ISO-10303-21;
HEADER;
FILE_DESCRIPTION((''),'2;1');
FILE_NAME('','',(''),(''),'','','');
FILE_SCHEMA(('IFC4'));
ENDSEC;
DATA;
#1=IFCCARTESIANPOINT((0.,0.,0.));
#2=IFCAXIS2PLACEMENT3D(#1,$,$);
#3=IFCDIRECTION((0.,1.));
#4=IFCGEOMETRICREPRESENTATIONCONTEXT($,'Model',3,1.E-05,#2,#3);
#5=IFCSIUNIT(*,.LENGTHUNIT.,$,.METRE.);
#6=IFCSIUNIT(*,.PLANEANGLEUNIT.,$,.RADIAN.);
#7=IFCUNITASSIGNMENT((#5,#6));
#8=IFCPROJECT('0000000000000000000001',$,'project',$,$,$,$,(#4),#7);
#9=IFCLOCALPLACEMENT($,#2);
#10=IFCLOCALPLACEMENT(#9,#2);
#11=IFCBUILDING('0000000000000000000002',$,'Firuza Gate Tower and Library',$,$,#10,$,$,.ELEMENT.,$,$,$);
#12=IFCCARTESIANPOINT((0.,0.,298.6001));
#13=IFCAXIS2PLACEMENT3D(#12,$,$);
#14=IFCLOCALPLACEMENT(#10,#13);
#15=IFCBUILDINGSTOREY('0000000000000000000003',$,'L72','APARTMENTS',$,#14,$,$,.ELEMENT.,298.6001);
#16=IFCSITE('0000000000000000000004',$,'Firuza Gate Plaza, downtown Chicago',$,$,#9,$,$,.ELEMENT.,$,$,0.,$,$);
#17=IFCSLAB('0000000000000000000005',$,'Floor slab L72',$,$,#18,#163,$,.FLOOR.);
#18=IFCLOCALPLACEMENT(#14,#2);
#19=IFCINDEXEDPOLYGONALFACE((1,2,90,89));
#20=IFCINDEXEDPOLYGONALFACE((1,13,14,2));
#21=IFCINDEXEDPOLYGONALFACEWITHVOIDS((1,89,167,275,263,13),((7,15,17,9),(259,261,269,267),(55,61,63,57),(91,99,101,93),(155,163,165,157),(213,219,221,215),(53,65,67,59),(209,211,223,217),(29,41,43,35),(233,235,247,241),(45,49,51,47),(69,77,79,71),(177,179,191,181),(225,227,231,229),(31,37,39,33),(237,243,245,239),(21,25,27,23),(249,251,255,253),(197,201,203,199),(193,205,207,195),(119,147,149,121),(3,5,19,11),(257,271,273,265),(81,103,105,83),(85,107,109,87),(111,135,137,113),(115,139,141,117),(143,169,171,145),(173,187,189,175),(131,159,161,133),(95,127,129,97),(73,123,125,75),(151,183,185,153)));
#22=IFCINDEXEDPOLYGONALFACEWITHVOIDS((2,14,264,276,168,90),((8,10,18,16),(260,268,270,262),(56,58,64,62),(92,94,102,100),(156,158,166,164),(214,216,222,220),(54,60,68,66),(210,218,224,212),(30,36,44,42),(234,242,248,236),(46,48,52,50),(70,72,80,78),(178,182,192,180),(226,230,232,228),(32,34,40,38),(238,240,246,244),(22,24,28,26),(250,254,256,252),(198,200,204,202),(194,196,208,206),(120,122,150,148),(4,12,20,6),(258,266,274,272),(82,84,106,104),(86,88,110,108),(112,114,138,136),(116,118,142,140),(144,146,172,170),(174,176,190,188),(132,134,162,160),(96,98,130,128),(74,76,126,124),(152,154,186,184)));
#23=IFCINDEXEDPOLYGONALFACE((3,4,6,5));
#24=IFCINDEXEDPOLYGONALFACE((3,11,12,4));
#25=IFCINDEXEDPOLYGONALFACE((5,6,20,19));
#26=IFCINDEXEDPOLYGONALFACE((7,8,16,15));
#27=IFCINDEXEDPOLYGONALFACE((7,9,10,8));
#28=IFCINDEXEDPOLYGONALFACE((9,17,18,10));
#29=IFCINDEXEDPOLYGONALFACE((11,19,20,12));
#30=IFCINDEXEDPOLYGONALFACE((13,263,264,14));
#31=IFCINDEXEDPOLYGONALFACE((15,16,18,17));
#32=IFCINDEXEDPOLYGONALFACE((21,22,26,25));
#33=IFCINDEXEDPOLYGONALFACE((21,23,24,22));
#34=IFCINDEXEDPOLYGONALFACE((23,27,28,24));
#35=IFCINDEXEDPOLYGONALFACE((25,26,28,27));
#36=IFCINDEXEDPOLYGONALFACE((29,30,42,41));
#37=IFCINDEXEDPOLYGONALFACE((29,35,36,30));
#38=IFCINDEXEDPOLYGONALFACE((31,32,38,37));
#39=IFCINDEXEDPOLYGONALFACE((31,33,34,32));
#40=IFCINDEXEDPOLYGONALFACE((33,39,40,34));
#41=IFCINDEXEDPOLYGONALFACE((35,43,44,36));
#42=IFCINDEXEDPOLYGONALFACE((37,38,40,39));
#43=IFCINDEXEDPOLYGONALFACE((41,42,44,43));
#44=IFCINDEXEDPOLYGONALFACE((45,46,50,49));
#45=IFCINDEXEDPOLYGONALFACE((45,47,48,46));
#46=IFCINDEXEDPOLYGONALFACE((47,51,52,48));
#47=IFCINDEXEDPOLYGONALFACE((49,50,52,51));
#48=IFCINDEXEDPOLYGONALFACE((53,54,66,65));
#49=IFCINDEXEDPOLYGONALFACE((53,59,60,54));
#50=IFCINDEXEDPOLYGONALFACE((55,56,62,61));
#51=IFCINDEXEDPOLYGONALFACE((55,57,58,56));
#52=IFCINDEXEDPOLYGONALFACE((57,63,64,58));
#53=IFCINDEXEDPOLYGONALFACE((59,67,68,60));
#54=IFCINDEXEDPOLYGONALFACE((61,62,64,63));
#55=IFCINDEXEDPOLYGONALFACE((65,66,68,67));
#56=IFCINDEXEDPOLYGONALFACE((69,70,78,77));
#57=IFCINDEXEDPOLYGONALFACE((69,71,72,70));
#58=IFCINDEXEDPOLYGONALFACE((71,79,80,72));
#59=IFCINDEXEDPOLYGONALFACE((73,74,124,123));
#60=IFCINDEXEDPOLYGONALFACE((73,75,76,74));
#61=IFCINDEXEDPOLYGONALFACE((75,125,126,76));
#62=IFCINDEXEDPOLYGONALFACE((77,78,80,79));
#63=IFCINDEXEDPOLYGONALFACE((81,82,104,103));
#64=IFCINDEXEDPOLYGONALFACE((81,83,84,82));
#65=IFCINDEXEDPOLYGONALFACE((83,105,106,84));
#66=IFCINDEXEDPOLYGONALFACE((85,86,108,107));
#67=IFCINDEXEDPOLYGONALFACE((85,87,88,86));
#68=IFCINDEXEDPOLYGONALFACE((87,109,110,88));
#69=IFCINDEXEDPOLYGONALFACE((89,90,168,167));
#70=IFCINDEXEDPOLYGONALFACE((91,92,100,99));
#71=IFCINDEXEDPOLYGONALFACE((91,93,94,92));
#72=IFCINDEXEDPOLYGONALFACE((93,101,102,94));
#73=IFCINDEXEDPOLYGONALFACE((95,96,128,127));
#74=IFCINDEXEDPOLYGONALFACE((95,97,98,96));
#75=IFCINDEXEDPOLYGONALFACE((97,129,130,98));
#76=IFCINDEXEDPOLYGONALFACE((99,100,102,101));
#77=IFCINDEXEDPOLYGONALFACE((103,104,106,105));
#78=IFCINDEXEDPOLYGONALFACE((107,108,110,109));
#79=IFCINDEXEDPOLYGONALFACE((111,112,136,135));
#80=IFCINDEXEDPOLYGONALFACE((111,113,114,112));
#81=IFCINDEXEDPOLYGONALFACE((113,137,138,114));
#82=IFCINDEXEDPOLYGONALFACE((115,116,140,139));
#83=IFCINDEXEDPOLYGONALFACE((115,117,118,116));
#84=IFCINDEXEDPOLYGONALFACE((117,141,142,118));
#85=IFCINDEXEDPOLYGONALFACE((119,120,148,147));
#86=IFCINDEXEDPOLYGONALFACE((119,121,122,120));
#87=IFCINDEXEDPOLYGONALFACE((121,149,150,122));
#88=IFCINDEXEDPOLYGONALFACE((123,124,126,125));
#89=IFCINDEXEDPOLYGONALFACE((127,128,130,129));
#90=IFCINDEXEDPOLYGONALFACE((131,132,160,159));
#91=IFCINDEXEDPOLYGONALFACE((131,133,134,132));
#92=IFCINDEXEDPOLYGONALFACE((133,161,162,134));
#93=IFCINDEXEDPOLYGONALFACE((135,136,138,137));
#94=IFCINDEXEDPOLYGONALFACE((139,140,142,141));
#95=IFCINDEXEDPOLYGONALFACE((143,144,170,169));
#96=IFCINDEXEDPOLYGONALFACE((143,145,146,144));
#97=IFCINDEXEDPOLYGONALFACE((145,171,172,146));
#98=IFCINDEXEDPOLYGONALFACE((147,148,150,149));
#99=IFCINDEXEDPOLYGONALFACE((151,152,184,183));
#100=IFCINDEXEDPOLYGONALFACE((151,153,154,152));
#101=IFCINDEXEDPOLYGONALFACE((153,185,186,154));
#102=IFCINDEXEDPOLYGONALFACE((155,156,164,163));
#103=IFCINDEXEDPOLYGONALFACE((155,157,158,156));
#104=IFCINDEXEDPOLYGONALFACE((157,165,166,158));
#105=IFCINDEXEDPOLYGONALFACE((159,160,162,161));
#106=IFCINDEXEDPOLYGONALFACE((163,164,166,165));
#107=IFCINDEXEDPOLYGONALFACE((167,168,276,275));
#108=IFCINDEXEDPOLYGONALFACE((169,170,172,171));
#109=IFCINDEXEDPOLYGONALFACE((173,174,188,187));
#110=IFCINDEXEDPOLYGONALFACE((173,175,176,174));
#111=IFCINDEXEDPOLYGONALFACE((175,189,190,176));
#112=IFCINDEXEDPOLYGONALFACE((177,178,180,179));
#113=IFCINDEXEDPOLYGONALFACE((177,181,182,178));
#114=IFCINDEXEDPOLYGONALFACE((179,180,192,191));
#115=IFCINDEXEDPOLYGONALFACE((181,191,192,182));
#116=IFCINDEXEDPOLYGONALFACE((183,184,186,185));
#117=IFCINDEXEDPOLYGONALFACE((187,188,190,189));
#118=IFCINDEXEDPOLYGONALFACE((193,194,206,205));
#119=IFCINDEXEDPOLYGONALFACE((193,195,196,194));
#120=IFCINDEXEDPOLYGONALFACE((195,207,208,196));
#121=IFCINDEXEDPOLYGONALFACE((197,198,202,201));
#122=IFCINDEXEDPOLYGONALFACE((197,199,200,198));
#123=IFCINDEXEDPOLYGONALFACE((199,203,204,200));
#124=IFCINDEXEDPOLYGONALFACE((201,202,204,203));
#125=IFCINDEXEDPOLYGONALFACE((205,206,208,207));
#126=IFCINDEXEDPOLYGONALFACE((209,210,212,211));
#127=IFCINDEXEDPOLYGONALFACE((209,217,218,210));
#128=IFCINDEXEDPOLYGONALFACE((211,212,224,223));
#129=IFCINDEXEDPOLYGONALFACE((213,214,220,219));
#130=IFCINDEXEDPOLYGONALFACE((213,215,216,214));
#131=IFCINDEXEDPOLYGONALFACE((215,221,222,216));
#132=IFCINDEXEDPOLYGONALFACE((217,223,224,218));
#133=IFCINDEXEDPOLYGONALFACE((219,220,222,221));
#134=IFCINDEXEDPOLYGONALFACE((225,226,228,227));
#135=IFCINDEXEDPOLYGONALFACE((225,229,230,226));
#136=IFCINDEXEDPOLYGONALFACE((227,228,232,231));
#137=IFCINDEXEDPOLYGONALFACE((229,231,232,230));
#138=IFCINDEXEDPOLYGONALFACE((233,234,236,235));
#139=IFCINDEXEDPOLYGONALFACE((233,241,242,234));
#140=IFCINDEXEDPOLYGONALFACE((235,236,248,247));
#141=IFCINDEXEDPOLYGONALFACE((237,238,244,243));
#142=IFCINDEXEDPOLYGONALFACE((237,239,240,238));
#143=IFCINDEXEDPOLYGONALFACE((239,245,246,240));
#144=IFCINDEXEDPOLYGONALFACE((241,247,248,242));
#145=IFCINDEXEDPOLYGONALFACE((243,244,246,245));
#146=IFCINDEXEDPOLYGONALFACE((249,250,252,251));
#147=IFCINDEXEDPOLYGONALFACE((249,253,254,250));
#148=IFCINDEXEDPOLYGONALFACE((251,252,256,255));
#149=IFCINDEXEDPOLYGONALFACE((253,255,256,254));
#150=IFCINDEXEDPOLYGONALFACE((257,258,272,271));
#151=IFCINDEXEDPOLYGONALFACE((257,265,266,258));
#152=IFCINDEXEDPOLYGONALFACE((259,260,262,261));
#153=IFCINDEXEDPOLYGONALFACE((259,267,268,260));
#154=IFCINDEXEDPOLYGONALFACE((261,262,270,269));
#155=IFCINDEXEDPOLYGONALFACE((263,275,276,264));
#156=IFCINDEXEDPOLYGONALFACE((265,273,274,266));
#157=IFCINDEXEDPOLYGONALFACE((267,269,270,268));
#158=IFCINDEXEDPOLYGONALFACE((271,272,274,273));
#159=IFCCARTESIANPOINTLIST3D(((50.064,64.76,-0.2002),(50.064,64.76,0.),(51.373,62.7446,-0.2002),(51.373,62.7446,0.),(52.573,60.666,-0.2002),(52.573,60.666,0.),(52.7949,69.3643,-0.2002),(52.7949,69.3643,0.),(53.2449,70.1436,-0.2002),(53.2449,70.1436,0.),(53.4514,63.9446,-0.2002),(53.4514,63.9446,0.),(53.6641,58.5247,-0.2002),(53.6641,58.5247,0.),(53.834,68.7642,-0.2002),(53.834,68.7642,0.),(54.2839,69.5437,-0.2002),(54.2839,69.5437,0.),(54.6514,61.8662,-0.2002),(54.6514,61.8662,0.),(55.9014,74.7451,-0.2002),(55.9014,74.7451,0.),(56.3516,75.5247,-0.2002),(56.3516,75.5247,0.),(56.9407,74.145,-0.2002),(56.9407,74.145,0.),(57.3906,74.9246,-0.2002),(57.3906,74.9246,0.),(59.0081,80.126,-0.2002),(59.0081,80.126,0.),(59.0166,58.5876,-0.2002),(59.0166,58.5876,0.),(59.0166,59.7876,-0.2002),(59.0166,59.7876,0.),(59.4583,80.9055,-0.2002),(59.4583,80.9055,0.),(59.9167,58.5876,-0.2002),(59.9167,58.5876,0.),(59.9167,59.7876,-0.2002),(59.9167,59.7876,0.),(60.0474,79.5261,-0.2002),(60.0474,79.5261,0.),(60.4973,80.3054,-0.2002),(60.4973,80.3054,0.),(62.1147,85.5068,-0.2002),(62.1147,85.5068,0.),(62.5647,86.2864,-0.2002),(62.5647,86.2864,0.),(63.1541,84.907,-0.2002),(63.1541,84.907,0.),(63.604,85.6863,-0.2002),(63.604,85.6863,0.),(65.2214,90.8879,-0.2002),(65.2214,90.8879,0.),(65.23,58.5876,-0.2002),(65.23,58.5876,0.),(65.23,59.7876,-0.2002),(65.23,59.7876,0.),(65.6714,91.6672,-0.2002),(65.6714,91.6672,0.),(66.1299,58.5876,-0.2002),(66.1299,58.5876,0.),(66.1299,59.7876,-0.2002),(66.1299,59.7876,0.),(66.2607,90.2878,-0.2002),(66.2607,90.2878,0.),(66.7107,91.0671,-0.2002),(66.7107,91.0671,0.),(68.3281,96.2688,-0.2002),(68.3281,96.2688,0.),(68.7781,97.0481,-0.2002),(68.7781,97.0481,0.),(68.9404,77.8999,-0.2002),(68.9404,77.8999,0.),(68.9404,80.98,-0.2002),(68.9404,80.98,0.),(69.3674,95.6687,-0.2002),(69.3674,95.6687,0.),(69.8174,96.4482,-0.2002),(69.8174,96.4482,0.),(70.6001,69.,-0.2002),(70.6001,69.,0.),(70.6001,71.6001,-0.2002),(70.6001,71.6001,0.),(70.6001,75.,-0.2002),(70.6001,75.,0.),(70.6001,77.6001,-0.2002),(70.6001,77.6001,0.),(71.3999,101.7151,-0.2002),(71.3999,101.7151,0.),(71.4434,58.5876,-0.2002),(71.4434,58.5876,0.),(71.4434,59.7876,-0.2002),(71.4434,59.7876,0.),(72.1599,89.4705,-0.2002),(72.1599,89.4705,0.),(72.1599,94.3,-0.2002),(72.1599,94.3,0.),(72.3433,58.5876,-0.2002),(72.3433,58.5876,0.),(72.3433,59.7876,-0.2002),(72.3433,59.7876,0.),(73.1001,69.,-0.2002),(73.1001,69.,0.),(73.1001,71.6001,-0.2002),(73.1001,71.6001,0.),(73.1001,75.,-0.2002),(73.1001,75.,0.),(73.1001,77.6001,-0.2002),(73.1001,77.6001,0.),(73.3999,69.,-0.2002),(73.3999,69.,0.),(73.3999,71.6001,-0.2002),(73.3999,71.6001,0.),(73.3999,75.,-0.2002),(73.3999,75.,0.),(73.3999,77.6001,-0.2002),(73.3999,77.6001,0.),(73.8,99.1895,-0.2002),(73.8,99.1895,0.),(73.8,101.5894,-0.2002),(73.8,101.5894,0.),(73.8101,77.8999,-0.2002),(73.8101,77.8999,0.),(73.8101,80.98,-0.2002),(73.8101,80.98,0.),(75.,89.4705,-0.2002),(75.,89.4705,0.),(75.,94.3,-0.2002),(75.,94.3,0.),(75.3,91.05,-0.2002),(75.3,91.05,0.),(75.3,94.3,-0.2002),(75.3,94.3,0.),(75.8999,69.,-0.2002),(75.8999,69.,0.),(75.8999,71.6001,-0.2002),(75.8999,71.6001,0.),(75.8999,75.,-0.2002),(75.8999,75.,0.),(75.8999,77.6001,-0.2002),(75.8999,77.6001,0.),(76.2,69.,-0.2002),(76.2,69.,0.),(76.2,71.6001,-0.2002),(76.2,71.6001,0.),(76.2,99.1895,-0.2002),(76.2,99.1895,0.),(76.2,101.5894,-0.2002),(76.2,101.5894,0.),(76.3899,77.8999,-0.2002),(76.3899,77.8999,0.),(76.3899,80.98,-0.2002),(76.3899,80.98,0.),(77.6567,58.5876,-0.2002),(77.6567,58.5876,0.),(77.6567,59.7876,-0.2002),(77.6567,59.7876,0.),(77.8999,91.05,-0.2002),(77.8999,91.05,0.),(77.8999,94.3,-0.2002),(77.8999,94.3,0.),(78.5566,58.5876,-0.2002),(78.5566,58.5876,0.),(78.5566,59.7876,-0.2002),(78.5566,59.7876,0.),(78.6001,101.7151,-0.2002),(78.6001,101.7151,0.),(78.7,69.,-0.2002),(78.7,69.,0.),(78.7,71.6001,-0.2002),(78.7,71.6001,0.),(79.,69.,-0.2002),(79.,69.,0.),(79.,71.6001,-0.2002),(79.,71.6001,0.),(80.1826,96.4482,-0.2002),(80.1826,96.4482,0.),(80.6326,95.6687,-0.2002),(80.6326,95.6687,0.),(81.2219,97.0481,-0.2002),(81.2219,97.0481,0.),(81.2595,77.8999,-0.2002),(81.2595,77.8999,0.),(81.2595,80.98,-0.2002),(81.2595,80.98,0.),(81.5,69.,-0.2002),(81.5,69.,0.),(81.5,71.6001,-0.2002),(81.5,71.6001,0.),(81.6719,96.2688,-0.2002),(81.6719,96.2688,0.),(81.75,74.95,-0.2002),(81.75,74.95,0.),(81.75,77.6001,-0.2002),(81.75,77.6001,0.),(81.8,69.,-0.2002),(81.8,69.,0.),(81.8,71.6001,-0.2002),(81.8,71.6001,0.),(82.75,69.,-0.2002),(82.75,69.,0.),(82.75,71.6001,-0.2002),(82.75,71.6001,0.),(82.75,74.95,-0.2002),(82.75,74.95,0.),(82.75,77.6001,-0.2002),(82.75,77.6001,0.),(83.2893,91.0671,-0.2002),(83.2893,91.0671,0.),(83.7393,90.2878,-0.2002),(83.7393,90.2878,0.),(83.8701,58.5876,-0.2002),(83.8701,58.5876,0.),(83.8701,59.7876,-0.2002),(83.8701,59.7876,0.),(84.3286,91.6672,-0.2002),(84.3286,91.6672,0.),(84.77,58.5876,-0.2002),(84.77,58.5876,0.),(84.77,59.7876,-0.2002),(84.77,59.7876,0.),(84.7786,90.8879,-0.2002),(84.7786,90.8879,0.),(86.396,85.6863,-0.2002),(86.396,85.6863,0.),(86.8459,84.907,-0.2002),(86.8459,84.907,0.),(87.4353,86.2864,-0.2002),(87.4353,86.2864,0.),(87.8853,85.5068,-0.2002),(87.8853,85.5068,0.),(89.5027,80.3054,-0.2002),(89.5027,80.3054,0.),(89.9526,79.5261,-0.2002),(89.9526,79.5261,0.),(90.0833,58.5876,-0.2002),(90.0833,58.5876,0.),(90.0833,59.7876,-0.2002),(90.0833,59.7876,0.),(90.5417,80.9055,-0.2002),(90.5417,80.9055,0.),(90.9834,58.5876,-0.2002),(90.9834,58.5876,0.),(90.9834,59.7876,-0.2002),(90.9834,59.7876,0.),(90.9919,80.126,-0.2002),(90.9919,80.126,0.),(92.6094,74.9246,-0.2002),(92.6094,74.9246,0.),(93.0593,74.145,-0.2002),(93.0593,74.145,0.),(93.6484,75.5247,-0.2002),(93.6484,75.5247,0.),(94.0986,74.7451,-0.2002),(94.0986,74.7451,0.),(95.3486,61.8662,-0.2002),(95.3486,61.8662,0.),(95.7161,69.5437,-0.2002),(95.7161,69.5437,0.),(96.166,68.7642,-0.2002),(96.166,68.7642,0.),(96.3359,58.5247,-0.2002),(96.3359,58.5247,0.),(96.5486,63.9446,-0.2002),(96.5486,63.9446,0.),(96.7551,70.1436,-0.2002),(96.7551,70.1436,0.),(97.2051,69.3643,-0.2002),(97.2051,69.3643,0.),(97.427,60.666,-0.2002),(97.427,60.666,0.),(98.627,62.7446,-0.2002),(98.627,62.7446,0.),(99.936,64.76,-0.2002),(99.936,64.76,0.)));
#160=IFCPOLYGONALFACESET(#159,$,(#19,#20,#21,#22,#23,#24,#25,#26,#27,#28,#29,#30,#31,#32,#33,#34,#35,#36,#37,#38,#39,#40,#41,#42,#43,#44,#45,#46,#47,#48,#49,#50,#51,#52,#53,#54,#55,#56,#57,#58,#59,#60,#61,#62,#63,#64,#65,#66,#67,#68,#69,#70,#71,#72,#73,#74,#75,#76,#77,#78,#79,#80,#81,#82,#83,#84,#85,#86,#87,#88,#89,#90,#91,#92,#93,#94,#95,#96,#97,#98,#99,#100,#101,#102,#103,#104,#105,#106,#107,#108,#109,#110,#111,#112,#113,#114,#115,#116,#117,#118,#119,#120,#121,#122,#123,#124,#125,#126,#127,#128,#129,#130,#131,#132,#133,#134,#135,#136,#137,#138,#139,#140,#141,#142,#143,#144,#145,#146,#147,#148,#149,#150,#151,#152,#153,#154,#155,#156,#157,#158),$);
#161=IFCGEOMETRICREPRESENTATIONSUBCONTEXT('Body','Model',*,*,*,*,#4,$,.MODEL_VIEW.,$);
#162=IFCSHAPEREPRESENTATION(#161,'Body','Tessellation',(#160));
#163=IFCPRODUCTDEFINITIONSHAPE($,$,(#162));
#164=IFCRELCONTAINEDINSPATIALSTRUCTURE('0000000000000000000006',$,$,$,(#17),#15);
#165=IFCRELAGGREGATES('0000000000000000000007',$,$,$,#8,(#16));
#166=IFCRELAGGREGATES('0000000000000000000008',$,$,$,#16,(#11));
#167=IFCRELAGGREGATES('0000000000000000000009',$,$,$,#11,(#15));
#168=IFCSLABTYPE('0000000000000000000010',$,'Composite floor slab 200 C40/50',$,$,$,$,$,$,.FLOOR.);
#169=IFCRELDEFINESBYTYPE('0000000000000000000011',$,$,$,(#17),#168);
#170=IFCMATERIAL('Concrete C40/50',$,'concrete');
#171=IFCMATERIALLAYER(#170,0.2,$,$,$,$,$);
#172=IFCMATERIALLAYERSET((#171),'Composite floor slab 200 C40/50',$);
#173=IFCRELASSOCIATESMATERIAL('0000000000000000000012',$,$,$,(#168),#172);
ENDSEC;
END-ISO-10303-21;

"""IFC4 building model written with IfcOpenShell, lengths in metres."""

from ifc_helpers import new_model, si_unit, direction, frame, origin, place, context, subcontext, project, spatial, polyline, outline, extrude, material, layer, layer_set, type_object, element, save


model = new_model("IFC4")

# Units and contexts
model_context = context("Model", 3, precision=1e-05, world=origin(), true_north=direction((0.0, 1.0)))
body_context = subcontext(model_context, "Body", "Model", "MODEL_VIEW")
ifc_project = project(units=[si_unit("LENGTHUNIT", "METRE"), si_unit("PLANEANGLEUNIT", "RADIAN")], contexts=[model_context])

# Site, building, storey
site_placement = place(None, origin())
site = spatial("IfcSite", under=ifc_project, at=site_placement, Name="Firuza Gate Plaza, downtown Chicago", CompositionType="ELEMENT", RefElevation=0.0)
building_placement = place(site_placement, origin())
building = spatial("IfcBuilding", under=site, at=building_placement, Name="Firuza Gate Tower and Library", CompositionType="ELEMENT")
storey_placement = place(building_placement, frame((0.0, 0.0, 298.6001)))
storey = spatial("IfcBuildingStorey", under=building, at=storey_placement, Name="L72", Description="APARTMENTS", CompositionType="ELEMENT", Elevation=298.6001)

# Slab
ifc_material_1 = material(Name="Concrete C40/50", Category="concrete")
ifc_layer_1 = layer(ifc_material_1, 0.2)
ifc_layer_set_1 = layer_set([ifc_layer_1], Name="Composite floor slab 200 C40/50")
slab_type_1 = type_object("IfcSlabType", Name="Composite floor slab 200 C40/50", PredefinedType="FLOOR", material=ifc_layer_set_1)
slab_1_placement = place(storey_placement, frame((0.0, 0.0, -0.2002)))
element("IfcSlab", 1, at=slab_1_placement, inside=storey, type_object=slab_type_1, Name="Floor slab L72", PredefinedType="FLOOR", context=body_context, shape_type="SweptSolid", body=[
    extrude(outline(polyline([(50.064, 64.76), (53.6641, 58.5247), (96.3359, 58.5247), (99.936, 64.76), (78.6001, 101.7151), (71.3999, 101.7151), (50.064, 64.76)]), holes=[polyline([(59.0166, 58.5876), (59.0166, 59.7876), (59.9167, 59.7876), (59.9167, 58.5876), (59.0166, 58.5876)]), polyline([(65.23, 58.5876), (65.23, 59.7876), (66.1299, 59.7876), (66.1299, 58.5876), (65.23, 58.5876)]), polyline([(71.4434, 58.5876), (71.4434, 59.7876), (72.3433, 59.7876), (72.3433, 58.5876), (71.4434, 58.5876)]), polyline([(51.373, 62.7446), (53.4514, 63.9446), (54.6514, 61.8662), (52.573, 60.666), (51.373, 62.7446)]), polyline([(53.2449, 70.1436), (54.2839, 69.5437), (53.834, 68.7642), (52.7949, 69.3643), (53.2449, 70.1436)]), polyline([(73.1001, 69.0), (70.6001, 69.0), (70.6001, 71.6001), (73.1001, 71.6001), (73.1001, 69.0)]), polyline([(75.8999, 69.0), (73.3999, 69.0), (73.3999, 71.6001), (75.8999, 71.6001), (75.8999, 69.0)]), polyline([(56.3516, 75.5247), (57.3906, 74.9246), (56.9407, 74.145), (55.9014, 74.7451), (56.3516, 75.5247)]), polyline([(73.1001, 75.0), (70.6001, 75.0), (70.6001, 77.6001), (73.1001, 77.6001), (73.1001, 75.0)]), polyline([(75.8999, 75.0), (73.3999, 75.0), (73.3999, 77.6001), (75.8999, 77.6001), (75.8999, 75.0)]), polyline([(68.9404, 77.8999), (68.9404, 80.98), (73.8101, 80.98), (73.8101, 77.8999), (68.9404, 77.8999)]), polyline([(59.4583, 80.9055), (60.4973, 80.3054), (60.0474, 79.5261), (59.0081, 80.126), (59.4583, 80.9055)]), polyline([(62.5647, 86.2864), (63.604, 85.6863), (63.1541, 84.907), (62.1147, 85.5068), (62.5647, 86.2864)]), polyline([(65.6714, 91.6672), (66.7107, 91.0671), (66.2607, 90.2878), (65.2214, 90.8879), (65.6714, 91.6672)]), polyline([(72.1599, 89.4705), (72.1599, 94.3), (75.0, 94.3), (75.0, 89.4705), (72.1599, 89.4705)]), polyline([(68.7781, 97.0481), (69.8174, 96.4482), (69.3674, 95.6687), (68.3281, 96.2688), (68.7781, 97.0481)]), polyline([(76.2, 101.5894), (76.2, 99.1895), (73.8, 99.1895), (73.8, 101.5894), (76.2, 101.5894)]), polyline([(77.6567, 58.5876), (77.6567, 59.7876), (78.5566, 59.7876), (78.5566, 58.5876), (77.6567, 58.5876)]), polyline([(83.8701, 58.5876), (83.8701, 59.7876), (84.77, 59.7876), (84.77, 58.5876), (83.8701, 58.5876)]), polyline([(90.0833, 58.5876), (90.0833, 59.7876), (90.9834, 59.7876), (90.9834, 58.5876), (90.0833, 58.5876)]), polyline([(97.427, 60.666), (95.3486, 61.8662), (96.5486, 63.9446), (98.627, 62.7446), (97.427, 60.666)]), polyline([(97.2051, 69.3643), (96.166, 68.7642), (95.7161, 69.5437), (96.7551, 70.1436), (97.2051, 69.3643)]), polyline([(78.7, 69.0), (76.2, 69.0), (76.2, 71.6001), (78.7, 71.6001), (78.7, 69.0)]), polyline([(81.5, 69.0), (79.0, 69.0), (79.0, 71.6001), (81.5, 71.6001), (81.5, 69.0)]), polyline([(82.75, 69.0), (81.8, 69.0), (81.8, 71.6001), (82.75, 71.6001), (82.75, 69.0)]), polyline([(94.0986, 74.7451), (93.0593, 74.145), (92.6094, 74.9246), (93.6484, 75.5247), (94.0986, 74.7451)]), polyline([(82.75, 74.95), (81.75, 74.95), (81.75, 77.6001), (82.75, 77.6001), (82.75, 74.95)]), polyline([(81.2595, 80.98), (81.2595, 77.8999), (76.3899, 77.8999), (76.3899, 80.98), (81.2595, 80.98)]), polyline([(90.9919, 80.126), (89.9526, 79.5261), (89.5027, 80.3054), (90.5417, 80.9055), (90.9919, 80.126)]), polyline([(87.8853, 85.5068), (86.8459, 84.907), (86.396, 85.6863), (87.4353, 86.2864), (87.8853, 85.5068)]), polyline([(84.7786, 90.8879), (83.7393, 90.2878), (83.2893, 91.0671), (84.3286, 91.6672), (84.7786, 90.8879)]), polyline([(75.3, 91.05), (75.3, 94.3), (77.8999, 94.3), (77.8999, 91.05), (75.3, 91.05)]), polyline([(80.6326, 95.6687), (80.1826, 96.4482), (81.2219, 97.0481), (81.6719, 96.2688), (80.6326, 95.6687)])]), origin(), (0.0, 0.0, 1.0), 0.2002),
])

save(model, "model.ifc")
